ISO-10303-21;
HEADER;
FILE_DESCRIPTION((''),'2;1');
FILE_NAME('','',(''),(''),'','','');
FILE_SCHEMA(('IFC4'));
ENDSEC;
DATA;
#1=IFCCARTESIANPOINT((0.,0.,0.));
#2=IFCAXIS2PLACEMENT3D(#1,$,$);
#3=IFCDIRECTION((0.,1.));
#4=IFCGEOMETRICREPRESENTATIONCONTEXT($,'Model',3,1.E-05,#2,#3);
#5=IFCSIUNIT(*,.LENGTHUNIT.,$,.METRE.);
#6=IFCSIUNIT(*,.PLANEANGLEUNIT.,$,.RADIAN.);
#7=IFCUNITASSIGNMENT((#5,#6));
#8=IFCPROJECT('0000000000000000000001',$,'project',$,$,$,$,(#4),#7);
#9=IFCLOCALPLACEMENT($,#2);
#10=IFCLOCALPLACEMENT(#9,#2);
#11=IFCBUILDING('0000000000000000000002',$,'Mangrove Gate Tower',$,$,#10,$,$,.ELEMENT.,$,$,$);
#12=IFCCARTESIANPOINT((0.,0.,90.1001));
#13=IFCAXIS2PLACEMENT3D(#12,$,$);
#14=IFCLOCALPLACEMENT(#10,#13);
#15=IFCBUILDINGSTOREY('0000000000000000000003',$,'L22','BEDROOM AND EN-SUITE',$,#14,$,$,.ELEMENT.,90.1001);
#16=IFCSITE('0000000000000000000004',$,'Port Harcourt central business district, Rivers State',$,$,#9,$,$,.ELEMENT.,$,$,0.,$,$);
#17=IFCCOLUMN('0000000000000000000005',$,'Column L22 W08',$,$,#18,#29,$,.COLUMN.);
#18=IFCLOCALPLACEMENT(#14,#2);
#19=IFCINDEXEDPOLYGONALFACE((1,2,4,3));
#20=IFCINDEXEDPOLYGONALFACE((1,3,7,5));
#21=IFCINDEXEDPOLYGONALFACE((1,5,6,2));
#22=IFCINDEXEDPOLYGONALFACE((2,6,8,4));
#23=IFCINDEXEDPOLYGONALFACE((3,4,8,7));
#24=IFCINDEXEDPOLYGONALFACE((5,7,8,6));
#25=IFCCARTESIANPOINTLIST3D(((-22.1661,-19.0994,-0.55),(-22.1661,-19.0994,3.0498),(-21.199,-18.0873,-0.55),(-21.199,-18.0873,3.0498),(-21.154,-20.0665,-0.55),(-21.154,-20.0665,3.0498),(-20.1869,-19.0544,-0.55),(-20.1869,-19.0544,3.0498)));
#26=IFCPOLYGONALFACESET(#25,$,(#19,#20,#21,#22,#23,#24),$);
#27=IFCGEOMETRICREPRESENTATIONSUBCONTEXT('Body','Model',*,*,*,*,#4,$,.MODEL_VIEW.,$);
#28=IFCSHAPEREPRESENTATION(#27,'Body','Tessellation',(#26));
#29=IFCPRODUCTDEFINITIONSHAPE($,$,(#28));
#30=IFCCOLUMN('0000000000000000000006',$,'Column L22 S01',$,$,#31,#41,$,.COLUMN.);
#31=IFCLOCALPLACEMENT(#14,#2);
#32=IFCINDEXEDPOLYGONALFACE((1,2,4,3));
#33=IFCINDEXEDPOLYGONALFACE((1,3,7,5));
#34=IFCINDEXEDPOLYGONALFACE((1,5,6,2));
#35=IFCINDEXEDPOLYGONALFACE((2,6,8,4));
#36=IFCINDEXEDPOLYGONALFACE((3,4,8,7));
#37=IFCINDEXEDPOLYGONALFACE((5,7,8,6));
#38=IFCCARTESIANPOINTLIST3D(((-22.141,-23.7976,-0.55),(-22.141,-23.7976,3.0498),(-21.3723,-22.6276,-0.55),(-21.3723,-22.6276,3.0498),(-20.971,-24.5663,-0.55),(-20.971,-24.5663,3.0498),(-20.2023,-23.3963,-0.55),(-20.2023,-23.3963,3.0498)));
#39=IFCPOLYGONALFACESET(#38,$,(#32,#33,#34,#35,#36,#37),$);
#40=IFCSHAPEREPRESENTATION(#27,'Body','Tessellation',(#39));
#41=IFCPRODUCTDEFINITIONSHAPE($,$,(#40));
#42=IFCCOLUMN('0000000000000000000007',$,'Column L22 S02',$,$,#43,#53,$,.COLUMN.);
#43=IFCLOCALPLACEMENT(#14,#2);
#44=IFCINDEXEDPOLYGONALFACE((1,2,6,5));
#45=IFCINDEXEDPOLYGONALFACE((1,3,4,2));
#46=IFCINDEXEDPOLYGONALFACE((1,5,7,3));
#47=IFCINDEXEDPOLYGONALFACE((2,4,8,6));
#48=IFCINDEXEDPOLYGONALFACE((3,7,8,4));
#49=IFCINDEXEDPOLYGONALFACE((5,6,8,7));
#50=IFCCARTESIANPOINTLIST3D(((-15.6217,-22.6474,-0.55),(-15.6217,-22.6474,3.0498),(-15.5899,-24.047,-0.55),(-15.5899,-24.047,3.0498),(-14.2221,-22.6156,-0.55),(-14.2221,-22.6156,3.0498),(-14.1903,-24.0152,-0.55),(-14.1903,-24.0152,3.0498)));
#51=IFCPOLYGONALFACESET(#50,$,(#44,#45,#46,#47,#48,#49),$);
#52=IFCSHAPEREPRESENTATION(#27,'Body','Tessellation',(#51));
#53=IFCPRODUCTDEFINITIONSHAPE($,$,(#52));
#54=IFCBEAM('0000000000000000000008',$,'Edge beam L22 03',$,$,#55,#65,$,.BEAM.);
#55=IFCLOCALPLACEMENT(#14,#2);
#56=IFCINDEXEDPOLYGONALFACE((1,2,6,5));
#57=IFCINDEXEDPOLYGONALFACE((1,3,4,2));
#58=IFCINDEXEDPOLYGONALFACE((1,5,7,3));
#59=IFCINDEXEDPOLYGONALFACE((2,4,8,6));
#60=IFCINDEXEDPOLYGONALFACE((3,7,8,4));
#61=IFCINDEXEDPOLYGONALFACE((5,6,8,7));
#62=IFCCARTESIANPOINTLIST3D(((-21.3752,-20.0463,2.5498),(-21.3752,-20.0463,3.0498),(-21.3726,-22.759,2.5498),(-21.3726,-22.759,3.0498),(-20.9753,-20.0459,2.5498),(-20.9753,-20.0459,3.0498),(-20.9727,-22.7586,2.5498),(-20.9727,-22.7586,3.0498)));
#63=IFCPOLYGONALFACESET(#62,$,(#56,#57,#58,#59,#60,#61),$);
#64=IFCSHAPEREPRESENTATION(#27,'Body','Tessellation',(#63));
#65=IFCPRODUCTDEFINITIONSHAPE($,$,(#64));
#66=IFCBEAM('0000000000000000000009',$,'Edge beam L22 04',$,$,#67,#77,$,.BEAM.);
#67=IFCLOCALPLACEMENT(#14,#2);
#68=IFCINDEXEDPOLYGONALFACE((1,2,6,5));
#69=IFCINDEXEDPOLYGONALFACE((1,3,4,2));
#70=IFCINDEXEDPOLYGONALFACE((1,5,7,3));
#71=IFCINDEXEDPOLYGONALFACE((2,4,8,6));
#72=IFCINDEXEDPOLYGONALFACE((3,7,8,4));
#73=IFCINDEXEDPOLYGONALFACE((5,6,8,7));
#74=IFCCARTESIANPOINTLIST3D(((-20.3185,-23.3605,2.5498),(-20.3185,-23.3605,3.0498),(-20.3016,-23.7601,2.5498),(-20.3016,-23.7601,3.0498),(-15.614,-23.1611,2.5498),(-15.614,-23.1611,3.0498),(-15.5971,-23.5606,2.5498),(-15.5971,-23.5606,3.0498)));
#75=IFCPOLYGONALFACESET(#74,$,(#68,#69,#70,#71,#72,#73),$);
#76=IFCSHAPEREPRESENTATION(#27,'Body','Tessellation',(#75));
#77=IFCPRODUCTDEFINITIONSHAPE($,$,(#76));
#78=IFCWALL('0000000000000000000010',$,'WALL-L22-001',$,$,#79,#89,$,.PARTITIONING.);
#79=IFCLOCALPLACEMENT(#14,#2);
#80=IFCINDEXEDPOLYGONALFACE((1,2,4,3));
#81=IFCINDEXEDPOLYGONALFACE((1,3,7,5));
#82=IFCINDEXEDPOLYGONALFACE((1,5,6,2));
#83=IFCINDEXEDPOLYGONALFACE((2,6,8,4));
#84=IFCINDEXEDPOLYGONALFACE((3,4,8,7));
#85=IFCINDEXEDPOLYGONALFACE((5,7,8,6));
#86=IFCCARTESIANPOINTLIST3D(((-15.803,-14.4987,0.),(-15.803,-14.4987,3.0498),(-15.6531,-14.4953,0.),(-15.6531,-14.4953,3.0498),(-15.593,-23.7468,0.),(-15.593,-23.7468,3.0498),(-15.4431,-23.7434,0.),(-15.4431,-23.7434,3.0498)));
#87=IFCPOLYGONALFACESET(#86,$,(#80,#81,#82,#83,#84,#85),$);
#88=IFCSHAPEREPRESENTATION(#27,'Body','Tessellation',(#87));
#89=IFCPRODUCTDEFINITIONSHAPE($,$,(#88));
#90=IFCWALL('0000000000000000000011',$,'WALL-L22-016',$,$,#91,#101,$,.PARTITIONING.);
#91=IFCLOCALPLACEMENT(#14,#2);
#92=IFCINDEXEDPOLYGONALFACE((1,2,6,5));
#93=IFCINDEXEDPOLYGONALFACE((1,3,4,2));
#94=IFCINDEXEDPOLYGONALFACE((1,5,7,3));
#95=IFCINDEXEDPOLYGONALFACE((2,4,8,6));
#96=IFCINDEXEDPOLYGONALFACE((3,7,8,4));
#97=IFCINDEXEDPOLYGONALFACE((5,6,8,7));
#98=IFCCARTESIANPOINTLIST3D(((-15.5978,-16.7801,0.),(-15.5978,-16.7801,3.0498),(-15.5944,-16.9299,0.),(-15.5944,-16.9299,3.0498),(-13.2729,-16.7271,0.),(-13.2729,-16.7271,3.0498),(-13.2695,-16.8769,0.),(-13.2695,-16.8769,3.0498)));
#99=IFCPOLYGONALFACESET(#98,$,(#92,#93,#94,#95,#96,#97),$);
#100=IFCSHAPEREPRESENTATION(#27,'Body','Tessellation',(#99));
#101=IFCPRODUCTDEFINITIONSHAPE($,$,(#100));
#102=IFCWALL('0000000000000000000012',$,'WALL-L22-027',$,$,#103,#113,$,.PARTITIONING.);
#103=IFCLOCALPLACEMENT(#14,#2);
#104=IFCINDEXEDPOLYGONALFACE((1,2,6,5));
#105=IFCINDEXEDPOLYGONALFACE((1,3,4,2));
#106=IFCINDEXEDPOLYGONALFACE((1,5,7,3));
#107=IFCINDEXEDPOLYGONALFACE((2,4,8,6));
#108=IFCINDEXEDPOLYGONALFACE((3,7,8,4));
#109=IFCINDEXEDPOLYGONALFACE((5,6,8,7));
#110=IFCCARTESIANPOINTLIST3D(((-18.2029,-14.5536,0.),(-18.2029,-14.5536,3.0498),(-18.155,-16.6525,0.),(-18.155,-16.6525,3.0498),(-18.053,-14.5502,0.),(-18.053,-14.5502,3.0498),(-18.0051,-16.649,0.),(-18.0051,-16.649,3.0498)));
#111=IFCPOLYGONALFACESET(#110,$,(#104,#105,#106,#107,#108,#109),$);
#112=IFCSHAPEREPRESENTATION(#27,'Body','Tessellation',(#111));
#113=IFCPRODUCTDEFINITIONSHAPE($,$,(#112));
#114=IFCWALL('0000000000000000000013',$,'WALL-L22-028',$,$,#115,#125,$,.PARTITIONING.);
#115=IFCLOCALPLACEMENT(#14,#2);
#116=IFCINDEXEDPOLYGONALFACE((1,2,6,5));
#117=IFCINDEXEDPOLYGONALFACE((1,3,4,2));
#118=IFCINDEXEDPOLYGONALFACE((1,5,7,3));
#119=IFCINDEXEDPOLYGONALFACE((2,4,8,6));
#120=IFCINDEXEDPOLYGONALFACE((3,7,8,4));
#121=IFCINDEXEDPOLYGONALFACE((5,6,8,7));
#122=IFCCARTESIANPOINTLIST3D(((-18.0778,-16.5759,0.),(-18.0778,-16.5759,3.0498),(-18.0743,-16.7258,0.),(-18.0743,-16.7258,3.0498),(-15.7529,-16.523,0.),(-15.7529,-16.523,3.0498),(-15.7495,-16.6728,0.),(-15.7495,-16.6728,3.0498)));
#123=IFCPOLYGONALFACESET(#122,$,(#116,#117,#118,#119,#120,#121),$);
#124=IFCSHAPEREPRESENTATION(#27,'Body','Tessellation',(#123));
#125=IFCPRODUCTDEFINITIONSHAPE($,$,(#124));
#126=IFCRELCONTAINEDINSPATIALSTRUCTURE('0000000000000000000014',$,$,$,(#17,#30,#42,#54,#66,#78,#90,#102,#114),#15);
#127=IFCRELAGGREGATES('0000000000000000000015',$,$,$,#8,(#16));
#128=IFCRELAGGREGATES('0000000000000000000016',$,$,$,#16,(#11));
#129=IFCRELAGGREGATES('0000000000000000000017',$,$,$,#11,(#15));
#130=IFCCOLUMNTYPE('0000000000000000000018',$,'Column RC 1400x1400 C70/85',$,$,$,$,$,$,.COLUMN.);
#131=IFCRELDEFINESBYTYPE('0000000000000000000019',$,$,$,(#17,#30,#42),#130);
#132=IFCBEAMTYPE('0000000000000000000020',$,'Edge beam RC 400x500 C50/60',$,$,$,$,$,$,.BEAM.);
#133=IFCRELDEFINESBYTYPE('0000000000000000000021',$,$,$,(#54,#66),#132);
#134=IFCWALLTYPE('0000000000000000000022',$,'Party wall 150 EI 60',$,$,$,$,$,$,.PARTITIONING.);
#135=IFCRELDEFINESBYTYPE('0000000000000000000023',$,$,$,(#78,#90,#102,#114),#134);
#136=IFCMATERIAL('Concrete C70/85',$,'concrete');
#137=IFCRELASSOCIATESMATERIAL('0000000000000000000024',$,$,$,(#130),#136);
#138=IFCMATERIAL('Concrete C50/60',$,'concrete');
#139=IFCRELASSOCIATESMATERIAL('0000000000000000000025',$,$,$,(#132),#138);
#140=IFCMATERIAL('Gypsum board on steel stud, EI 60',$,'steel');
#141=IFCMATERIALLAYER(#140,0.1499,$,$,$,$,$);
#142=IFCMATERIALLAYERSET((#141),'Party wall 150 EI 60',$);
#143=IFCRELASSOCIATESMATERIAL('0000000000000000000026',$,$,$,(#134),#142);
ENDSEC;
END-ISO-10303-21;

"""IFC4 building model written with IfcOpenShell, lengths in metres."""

from ifc_helpers import new_model, si_unit, direction, frame, frame_2d, origin, origin_2d, place, context, subcontext, project, spatial, rectangle, extrude, material, layer, layer_set, material_profile, profile_set, type_object, element, save


model = new_model("IFC4")

# Units and contexts
model_context = context("Model", 3, precision=1e-05, world=origin(), true_north=direction((0.0, 1.0)))
body_context = subcontext(model_context, "Body", "Model", "MODEL_VIEW")
ifc_project = project(units=[si_unit("LENGTHUNIT", "METRE"), si_unit("PLANEANGLEUNIT", "RADIAN")], contexts=[model_context])

# Site, building, storey
site_placement = place(None, origin())
site = spatial("IfcSite", under=ifc_project, at=site_placement, Name="Port Harcourt central business district, Rivers State", CompositionType="ELEMENT", RefElevation=0.0)
building_placement = place(site_placement, origin())
building = spatial("IfcBuilding", under=site, at=building_placement, Name="Mangrove Gate Tower", CompositionType="ELEMENT")
storey_placement = place(building_placement, frame((0.0, 0.0, 90.1001)))
storey = spatial("IfcBuildingStorey", under=building, at=storey_placement, Name="L22", Description="BEDROOM AND EN-SUITE", CompositionType="ELEMENT", Elevation=90.1001)

# Columns
ifc_material_1 = material(Name="Concrete C70/85", Category="concrete")
ifc_material_profile_1 = material_profile(ifc_material_1, rectangle(XDim=1.3999, YDim=1.3999, at=origin_2d()))
ifc_profile_set_1 = profile_set([ifc_material_profile_1], Name="Concrete C70/85")
column_type = type_object("IfcColumnType", Name="Column RC 1400x1400 C70/85", PredefinedType="COLUMN", material=ifc_profile_set_1)
for number, where, z_axis, x_axis, name in (
    (1, (-21.1765, -19.0769, -0.55), (0.0, 0.0, 1.0), (0.722989, -0.69086, 0.0), "Column L22 W08"),
    (2, (-21.1716, -23.5969, -0.55), (0.0, 0.0, 1.0), (0.835754, -0.549104, 0.0), "Column L22 S01"),
    (3, (-14.906, -23.3313, -0.55), (0.0, 0.0, 1.0), (0.999742, 0.022721, 0.0), "Column L22 S02"),
):
    element("IfcColumn", number, at=place(storey_placement, frame(where, z_axis=z_axis, x_axis=x_axis)), inside=storey, type_object=column_type, Name=name, PredefinedType="COLUMN", context=body_context, shape_type="SweptSolid", body=[
        extrude(rectangle(XDim=1.3999, YDim=1.3999, at=origin_2d()), origin(), (0.0, 0.0, 1.0), 3.5999),
    ])

# Beams
ifc_material_2 = material(Name="Concrete C50/60", Category="concrete")
ifc_material_profile_2 = material_profile(ifc_material_2, rectangle(XDim=0.3999, YDim=0.5, at=origin_2d()))
ifc_profile_set_2 = profile_set([ifc_material_profile_2], Name="Concrete C50/60")
beam_type = type_object("IfcBeamType", Name="Edge beam RC 400x500 C50/60", PredefinedType="BEAM", material=ifc_profile_set_2)
beam_1_placement = place(storey_placement, frame((-21.1753, -20.0461, 2.7998), z_axis=(0.00099, -1.0, 0.0), x_axis=(1.0, 0.00099, 0.0)))
element("IfcBeam", 4, at=beam_1_placement, inside=storey, type_object=beam_type, Name="Edge beam L22 03", PredefinedType="BEAM", context=body_context, shape_type="SweptSolid", body=[
    extrude(rectangle(XDim=0.3999, YDim=0.5, at=origin_2d()), origin(), (0.0, 0.0, 1.0), 2.7126),
])
beam_2_placement = place(storey_placement, frame((-20.3101, -23.5603, 2.7998), z_axis=(0.999102, 0.042359, 0.0), x_axis=(-0.042359, 0.999102, 0.0)))
element("IfcBeam", 5, at=beam_2_placement, inside=storey, type_object=beam_type, Name="Edge beam L22 04", PredefinedType="BEAM", context=body_context, shape_type="SweptSolid", body=[
    extrude(rectangle(XDim=0.3999, YDim=0.5, at=origin_2d()), origin(), (0.0, 0.0, 1.0), 4.7087),
])

# Walls
ifc_material_3 = material(Name="Gypsum board on steel stud, EI 60", Category="steel")
ifc_layer = layer(ifc_material_3, 0.1499)
ifc_layer_set = layer_set([ifc_layer], Name="Party wall 150 EI 60")
wall_type = type_object("IfcWallType", Name="Party wall 150 EI 60", PredefinedType="PARTITIONING", material=ifc_layer_set)
wall_1_placement = place(storey_placement, frame((-15.5181, -23.7451, 0.0), z_axis=(0.0, 0.0, 1.0), x_axis=(-0.022697, 0.999742, 0.0)))
element("IfcWall", 6, at=wall_1_placement, inside=storey, type_object=wall_type, Name="WALL-L22-001", PredefinedType="PARTITIONING", context=body_context, shape_type="SweptSolid", body=[
    extrude(rectangle(XDim=9.2505, YDim=0.1499, at=frame_2d((4.6252, 0.0))), origin(), (0.0, 0.0, 1.0), 3.0498),
])
wall_2_placement = place(storey_placement, frame((-15.5959, -16.855, 0.0), z_axis=(0.0, 0.0, 1.0), x_axis=(0.99974, 0.022781, 0.0)))
element("IfcWall", 7, at=wall_2_placement, inside=storey, type_object=wall_type, Name="WALL-L22-016", PredefinedType="PARTITIONING", context=body_context, shape_type="SweptSolid", body=[
    extrude(rectangle(XDim=2.3254, YDim=0.1499, at=frame_2d((1.1626, 0.0))), origin(), (0.0, 0.0, 1.0), 3.0498),
])
wall_3_placement = place(storey_placement, frame((-18.0801, -16.6509, 0.0), z_axis=(0.0, 0.0, 1.0), x_axis=(-0.022793, 0.99974, 0.0)))
element("IfcWall", 8, at=wall_3_placement, inside=storey, type_object=wall_type, Name="WALL-L22-027", PredefinedType="PARTITIONING", context=body_context, shape_type="SweptSolid", body=[
    extrude(rectangle(XDim=2.0994, YDim=0.1499, at=frame_2d((1.0498, 0.0))), origin(), (0.0, 0.0, 1.0), 3.0498),
])
wall_4_placement = place(storey_placement, frame((-18.0759, -16.6509, 0.0), z_axis=(0.0, 0.0, 1.0), x_axis=(0.99974, 0.022781, 0.0)))
element("IfcWall", 9, at=wall_4_placement, inside=storey, type_object=wall_type, Name="WALL-L22-028", PredefinedType="PARTITIONING", context=body_context, shape_type="SweptSolid", body=[
    extrude(rectangle(XDim=2.3254, YDim=0.1499, at=frame_2d((1.1626, 0.0))), origin(), (0.0, 0.0, 1.0), 3.0498),
])

save(model, "model.ifc")
